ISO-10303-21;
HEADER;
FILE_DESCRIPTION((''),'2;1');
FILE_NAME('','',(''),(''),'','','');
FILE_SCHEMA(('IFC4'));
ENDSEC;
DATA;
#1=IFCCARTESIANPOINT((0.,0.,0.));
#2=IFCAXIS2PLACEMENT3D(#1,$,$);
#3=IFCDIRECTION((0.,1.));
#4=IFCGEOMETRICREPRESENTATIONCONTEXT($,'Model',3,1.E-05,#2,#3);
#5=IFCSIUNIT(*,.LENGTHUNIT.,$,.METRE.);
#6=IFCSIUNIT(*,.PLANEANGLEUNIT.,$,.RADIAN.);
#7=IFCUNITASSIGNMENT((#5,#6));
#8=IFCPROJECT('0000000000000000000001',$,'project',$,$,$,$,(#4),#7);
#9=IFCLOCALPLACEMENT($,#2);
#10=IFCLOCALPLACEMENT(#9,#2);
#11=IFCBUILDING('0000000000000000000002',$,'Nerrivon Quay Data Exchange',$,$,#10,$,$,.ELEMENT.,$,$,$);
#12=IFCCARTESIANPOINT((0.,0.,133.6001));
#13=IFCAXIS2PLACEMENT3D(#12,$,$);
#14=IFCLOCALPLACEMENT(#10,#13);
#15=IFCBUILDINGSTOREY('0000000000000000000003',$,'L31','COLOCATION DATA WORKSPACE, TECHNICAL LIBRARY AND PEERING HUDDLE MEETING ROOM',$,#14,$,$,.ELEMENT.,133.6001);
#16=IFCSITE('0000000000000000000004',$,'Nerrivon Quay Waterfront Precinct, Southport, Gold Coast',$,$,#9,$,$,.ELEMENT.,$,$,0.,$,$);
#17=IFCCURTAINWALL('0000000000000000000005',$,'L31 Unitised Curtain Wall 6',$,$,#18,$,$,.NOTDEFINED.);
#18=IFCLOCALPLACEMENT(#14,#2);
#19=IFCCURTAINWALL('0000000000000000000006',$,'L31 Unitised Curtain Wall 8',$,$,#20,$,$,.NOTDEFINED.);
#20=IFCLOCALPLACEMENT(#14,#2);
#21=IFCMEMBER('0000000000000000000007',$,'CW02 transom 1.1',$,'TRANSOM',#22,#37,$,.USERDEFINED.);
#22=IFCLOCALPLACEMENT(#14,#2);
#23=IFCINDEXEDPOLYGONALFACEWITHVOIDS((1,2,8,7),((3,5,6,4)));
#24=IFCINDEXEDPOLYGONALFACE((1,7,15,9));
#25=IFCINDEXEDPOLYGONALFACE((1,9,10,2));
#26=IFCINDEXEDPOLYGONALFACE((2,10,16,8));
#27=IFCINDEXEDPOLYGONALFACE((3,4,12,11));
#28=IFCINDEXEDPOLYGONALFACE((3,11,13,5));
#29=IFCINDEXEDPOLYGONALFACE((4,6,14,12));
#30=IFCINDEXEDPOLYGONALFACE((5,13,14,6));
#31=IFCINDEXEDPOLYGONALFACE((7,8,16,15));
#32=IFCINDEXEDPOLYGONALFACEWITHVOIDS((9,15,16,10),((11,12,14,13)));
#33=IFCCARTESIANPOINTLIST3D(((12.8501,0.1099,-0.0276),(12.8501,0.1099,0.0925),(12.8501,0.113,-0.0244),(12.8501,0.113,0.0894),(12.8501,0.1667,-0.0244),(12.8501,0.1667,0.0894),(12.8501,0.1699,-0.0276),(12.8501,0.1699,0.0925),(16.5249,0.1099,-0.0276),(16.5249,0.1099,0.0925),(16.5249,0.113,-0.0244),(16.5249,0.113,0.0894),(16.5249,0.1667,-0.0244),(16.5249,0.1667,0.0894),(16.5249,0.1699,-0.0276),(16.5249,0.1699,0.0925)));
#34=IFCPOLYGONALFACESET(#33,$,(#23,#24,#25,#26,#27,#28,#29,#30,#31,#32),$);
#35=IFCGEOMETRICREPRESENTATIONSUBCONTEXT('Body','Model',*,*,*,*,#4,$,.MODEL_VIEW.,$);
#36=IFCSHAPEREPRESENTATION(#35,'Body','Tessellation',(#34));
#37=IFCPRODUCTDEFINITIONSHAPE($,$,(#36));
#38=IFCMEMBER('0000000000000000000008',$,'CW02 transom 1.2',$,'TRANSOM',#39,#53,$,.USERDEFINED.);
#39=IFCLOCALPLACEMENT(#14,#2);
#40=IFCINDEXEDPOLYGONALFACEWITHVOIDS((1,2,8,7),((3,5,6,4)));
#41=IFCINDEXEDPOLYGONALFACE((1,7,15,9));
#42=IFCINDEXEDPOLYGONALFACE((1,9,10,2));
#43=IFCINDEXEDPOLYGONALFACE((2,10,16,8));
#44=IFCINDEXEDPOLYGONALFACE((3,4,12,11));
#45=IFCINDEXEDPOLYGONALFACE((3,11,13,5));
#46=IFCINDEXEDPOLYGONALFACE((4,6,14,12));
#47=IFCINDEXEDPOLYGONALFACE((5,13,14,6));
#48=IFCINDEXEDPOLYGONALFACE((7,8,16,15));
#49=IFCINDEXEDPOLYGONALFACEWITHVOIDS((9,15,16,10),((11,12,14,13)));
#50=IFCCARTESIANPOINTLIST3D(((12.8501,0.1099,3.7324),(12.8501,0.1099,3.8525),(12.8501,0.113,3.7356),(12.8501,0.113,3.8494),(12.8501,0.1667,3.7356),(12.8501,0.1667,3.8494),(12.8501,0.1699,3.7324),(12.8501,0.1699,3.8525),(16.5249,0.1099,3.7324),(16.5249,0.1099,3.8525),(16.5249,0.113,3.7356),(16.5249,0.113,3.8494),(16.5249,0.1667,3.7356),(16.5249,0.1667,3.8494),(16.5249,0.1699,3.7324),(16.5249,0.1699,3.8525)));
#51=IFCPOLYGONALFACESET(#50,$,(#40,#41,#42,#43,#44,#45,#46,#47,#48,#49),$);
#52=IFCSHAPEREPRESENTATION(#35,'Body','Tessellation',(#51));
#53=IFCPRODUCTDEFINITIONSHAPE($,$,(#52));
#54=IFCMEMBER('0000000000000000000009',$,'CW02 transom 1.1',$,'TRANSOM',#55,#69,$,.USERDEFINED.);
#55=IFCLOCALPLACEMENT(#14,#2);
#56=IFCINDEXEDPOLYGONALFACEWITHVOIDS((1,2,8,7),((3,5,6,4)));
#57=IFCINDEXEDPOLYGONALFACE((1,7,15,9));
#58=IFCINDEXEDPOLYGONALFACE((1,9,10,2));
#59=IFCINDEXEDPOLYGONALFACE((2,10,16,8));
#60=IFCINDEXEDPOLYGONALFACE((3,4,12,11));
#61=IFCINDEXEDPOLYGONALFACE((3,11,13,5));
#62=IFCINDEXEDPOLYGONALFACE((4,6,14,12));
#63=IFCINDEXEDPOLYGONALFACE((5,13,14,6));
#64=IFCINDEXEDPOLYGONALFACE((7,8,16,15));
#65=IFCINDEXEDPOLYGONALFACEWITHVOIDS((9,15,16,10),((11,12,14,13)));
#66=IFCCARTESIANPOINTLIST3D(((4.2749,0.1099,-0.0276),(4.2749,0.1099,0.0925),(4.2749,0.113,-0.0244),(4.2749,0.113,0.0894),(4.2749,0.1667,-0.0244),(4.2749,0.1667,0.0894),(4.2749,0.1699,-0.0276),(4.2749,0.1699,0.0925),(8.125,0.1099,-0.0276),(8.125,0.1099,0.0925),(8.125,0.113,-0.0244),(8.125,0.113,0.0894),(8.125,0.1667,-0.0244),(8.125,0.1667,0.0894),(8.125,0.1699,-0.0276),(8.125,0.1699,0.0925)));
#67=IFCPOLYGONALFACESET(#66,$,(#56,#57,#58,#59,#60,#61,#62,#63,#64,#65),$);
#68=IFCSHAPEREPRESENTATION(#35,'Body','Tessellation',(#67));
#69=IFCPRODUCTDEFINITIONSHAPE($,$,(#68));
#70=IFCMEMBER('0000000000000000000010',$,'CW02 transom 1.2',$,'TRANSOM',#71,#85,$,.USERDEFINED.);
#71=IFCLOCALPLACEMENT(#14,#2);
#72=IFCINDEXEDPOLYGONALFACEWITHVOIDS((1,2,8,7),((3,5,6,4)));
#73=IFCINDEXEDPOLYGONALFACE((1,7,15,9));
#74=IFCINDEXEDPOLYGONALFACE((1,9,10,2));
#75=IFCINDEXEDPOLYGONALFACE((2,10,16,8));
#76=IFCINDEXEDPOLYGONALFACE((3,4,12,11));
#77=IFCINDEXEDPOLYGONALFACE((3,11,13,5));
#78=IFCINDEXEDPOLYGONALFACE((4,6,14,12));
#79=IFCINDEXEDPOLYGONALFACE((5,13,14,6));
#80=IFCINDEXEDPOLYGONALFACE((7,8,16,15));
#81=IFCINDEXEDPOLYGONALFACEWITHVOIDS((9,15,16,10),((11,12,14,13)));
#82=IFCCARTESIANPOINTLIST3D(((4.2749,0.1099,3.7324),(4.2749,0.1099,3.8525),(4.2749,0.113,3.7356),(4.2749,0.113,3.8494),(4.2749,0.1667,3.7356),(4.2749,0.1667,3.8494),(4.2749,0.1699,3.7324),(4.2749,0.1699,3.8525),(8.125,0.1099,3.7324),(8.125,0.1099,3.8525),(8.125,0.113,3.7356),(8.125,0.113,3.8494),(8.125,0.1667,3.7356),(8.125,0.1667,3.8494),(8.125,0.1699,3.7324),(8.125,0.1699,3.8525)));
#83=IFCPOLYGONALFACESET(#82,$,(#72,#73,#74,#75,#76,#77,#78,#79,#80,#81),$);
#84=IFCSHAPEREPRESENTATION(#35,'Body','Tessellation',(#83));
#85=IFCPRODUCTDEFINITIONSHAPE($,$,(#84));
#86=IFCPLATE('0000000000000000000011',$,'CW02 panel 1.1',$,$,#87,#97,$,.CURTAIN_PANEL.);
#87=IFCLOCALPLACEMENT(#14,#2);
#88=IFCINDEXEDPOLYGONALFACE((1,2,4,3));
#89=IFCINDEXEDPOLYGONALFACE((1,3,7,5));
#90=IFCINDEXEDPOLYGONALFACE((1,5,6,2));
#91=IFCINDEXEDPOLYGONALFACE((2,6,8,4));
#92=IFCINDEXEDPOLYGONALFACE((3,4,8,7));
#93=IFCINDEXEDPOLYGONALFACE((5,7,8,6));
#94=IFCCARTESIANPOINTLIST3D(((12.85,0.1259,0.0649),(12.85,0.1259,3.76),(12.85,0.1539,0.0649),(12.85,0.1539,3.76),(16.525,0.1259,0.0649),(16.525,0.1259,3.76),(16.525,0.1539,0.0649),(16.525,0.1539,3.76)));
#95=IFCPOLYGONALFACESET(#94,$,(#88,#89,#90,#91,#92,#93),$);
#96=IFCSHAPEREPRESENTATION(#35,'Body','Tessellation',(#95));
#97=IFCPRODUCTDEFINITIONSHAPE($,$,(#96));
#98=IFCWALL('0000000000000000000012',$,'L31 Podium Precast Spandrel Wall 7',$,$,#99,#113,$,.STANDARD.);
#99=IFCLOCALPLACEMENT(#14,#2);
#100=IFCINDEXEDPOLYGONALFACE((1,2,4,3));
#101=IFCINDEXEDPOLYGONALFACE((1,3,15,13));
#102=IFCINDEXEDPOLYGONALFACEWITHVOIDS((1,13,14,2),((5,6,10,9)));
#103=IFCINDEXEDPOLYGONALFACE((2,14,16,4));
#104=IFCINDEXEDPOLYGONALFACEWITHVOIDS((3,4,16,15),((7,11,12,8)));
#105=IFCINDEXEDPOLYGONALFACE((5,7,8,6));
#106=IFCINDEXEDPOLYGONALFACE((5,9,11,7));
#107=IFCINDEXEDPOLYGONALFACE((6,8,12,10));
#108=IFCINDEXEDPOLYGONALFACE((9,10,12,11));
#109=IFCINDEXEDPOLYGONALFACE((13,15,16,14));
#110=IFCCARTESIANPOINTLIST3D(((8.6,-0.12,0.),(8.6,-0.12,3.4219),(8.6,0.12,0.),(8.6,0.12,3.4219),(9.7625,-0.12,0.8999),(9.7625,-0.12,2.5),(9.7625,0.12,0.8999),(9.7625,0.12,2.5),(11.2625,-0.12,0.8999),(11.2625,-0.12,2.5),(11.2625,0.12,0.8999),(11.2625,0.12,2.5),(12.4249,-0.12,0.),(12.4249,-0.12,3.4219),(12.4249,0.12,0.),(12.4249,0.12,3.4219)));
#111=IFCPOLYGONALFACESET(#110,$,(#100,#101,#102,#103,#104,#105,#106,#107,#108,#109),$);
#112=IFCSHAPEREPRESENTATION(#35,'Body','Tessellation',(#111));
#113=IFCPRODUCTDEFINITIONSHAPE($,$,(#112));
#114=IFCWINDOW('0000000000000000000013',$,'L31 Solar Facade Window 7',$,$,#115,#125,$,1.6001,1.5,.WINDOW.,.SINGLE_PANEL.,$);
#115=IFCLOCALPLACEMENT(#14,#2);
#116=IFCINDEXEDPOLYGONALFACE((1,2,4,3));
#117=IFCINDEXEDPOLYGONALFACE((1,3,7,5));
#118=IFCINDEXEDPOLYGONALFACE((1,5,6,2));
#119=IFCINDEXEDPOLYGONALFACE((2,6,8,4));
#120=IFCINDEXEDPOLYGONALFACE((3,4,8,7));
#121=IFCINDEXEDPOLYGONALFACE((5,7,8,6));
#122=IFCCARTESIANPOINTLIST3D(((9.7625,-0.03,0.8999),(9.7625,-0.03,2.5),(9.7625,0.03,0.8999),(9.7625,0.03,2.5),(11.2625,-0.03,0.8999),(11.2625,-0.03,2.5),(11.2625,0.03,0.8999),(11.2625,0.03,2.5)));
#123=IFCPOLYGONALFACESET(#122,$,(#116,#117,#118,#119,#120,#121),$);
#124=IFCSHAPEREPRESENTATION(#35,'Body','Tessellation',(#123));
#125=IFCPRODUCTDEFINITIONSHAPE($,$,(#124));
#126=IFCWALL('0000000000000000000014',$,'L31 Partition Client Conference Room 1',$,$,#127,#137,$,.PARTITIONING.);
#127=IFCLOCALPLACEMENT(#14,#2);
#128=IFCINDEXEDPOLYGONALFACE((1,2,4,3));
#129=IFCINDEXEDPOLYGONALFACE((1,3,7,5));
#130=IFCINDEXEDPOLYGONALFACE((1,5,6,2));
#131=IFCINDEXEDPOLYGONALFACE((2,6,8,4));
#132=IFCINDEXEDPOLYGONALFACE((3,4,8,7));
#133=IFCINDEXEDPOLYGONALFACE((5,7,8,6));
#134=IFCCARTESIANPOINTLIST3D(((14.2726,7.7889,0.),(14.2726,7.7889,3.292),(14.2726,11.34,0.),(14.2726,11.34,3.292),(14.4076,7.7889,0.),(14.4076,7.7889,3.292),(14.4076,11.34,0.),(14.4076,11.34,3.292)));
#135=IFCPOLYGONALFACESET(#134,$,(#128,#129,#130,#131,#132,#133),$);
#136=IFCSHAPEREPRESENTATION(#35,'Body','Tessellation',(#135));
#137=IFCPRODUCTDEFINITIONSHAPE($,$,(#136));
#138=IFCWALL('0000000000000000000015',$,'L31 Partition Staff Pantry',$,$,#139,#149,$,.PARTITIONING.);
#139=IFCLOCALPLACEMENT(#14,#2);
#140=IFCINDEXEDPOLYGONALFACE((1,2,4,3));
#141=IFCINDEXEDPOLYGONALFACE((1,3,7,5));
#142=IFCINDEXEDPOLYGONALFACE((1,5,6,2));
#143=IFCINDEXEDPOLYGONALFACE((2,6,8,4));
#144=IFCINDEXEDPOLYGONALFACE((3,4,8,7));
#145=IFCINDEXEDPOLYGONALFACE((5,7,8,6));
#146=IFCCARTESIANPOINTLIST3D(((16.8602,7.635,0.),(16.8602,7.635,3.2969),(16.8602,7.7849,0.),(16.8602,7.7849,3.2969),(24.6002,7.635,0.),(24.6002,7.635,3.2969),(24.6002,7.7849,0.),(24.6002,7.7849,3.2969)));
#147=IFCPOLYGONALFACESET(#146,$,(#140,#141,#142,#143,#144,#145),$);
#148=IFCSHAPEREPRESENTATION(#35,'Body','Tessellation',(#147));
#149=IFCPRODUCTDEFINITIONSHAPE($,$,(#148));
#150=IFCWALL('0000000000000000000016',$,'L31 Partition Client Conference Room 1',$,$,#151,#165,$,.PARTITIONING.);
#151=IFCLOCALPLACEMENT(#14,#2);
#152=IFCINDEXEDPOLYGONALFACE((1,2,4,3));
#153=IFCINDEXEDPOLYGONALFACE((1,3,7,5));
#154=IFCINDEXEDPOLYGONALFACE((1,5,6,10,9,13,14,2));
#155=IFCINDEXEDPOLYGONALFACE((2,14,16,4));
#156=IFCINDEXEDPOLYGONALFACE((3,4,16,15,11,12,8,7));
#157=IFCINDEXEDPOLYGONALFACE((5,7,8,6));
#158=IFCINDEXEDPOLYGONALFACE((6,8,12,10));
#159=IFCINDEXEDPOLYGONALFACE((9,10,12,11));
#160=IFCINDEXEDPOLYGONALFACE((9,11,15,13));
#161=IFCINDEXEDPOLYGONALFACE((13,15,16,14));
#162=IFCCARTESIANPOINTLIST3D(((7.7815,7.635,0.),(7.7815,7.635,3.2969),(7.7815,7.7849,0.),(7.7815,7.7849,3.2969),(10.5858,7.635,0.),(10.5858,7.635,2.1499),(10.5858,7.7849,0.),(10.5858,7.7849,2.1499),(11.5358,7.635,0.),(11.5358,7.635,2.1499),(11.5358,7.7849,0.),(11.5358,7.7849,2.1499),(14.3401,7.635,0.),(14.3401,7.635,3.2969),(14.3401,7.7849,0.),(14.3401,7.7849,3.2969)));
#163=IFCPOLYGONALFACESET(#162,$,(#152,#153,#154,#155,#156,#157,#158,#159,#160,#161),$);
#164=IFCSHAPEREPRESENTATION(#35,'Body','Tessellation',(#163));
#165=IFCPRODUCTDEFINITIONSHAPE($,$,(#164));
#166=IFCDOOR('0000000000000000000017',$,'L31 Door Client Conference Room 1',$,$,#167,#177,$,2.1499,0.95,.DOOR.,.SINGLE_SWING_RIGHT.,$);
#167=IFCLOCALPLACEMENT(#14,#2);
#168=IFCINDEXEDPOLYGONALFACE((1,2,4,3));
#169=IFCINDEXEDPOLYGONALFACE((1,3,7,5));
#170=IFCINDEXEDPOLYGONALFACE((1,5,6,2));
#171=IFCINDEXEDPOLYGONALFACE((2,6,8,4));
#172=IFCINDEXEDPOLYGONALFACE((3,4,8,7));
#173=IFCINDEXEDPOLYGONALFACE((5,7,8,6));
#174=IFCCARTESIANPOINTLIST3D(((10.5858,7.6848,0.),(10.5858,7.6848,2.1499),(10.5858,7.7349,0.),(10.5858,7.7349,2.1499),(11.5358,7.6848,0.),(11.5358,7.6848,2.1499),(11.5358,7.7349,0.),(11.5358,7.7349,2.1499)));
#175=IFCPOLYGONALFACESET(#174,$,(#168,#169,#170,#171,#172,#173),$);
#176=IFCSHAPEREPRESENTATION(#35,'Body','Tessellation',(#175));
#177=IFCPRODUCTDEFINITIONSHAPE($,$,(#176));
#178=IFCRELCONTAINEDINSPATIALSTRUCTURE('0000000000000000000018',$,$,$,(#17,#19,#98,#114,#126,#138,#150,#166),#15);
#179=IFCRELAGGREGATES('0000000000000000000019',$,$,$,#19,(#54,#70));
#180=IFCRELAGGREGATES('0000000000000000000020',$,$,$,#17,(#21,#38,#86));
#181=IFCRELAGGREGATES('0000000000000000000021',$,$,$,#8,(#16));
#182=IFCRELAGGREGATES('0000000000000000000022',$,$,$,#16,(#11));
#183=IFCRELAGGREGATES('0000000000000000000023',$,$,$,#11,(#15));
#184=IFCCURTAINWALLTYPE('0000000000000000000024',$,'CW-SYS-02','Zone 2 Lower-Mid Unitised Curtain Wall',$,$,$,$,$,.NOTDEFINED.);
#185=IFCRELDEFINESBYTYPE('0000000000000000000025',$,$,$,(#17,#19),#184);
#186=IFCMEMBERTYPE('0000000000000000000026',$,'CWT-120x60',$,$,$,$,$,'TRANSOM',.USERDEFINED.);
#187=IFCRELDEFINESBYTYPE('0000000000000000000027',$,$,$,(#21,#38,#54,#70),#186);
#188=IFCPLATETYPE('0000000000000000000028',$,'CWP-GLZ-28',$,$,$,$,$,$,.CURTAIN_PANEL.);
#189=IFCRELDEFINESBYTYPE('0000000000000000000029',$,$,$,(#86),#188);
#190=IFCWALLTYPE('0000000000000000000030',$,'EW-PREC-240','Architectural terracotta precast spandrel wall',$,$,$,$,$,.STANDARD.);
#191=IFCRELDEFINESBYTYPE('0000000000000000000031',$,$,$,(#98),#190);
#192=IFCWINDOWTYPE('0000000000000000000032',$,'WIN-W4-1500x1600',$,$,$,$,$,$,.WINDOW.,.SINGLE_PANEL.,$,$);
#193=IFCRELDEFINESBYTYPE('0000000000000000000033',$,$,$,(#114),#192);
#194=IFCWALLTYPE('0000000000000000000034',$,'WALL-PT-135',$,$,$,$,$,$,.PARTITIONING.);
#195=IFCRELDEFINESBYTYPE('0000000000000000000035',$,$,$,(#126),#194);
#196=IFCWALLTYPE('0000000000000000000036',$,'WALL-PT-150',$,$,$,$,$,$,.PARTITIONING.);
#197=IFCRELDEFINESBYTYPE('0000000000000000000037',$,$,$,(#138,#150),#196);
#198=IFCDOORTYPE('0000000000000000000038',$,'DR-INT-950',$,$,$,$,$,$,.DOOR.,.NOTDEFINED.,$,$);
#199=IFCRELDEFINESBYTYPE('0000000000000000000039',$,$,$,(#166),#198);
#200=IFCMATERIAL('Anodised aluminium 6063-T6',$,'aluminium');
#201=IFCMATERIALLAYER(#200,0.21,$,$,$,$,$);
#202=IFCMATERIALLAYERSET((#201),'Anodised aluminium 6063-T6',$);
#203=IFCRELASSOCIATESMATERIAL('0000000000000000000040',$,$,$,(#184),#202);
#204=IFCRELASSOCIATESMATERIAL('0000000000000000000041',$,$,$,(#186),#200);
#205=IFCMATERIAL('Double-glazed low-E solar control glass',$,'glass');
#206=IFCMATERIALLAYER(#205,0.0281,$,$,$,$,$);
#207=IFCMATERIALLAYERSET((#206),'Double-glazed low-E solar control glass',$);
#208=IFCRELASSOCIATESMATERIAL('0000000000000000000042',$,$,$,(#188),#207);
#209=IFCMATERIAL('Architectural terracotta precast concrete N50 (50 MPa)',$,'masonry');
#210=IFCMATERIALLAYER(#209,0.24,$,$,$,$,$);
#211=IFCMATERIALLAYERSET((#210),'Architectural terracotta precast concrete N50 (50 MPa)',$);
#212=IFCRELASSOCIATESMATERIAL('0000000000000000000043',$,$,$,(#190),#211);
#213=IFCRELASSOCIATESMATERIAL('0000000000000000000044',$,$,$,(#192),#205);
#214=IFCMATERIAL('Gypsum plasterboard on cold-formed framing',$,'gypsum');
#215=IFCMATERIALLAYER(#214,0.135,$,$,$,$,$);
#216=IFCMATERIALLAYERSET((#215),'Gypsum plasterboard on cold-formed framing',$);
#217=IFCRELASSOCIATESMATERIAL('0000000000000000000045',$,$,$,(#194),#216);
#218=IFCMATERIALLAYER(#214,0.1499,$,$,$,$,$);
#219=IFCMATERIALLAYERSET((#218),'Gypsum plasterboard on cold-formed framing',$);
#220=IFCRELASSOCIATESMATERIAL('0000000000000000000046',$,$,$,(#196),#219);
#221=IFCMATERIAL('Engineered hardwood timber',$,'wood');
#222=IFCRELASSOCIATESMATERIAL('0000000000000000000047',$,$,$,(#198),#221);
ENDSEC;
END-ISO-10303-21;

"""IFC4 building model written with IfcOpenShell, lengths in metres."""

from ifc_helpers import new_model, si_unit, direction, frame, frame_2d, origin, origin_2d, place, context, subcontext, project, spatial, rectangle, hollow_rectangle, extrude, material, layer, layer_set, material_profile, profile_set, type_object, element, fill, aggregate, save


model = new_model("IFC4")

# Units and contexts
model_context = context("Model", 3, precision=1e-05, world=origin(), true_north=direction((0.0, 1.0)))
body_context = subcontext(model_context, "Body", "Model", "MODEL_VIEW")
ifc_project = project(units=[si_unit("LENGTHUNIT", "METRE"), si_unit("PLANEANGLEUNIT", "RADIAN")], contexts=[model_context])

# Site, building, storey
site_placement = place(None, origin())
site = spatial("IfcSite", under=ifc_project, at=site_placement, Name="Nerrivon Quay Waterfront Precinct, Southport, Gold Coast", CompositionType="ELEMENT", RefElevation=0.0)
building_placement = place(site_placement, origin())
building = spatial("IfcBuilding", under=site, at=building_placement, Name="Nerrivon Quay Data Exchange", CompositionType="ELEMENT")
storey_placement = place(building_placement, frame((0.0, 0.0, 133.6001)))
storey = spatial("IfcBuildingStorey", under=building, at=storey_placement, Name="L31", Description="COLOCATION DATA WORKSPACE, TECHNICAL LIBRARY AND PEERING HUDDLE MEETING ROOM", CompositionType="ELEMENT", Elevation=133.6001)

# Curtain wall
ifc_material_1 = material(Name="Anodised aluminium 6063-T6", Category="aluminium")
ifc_layer_1 = layer(ifc_material_1, 0.21)
ifc_layer_set_1 = layer_set([ifc_layer_1], Name="Anodised aluminium 6063-T6")
curtain_wall_type = type_object("IfcCurtainWallType", Name="CW-SYS-02", Description="Zone 2 Lower-Mid Unitised Curtain Wall", PredefinedType="NOTDEFINED", material=ifc_layer_set_1)
curtain_wall_1_placement = place(storey_placement, origin())
curtain_wall_1 = element("IfcCurtainWall", 1, at=curtain_wall_1_placement, inside=storey, type_object=curtain_wall_type, Name="L31 Unitised Curtain Wall 6", PredefinedType="NOTDEFINED")

# Curtain wall
curtain_wall_2_placement = place(storey_placement, origin())
curtain_wall_2 = element("IfcCurtainWall", 2, at=curtain_wall_2_placement, inside=storey, type_object=curtain_wall_type, Name="L31 Unitised Curtain Wall 8", PredefinedType="NOTDEFINED")

# Members
ifc_material_profile_1 = material_profile(ifc_material_1, hollow_rectangle(XDim=0.0601, YDim=0.1201, WallThickness=0.0032, at=origin_2d()), Name="ALU-TRAN-120x60")
ifc_profile_set_1 = profile_set([ifc_material_profile_1], Name="Anodised aluminium 6063-T6")
member_type_1 = type_object("IfcMemberType", Name="CWT-120x60", ElementType="TRANSOM", PredefinedType="USERDEFINED", material=ifc_profile_set_1)
member_1_placement = place(storey_placement, frame((16.5249, 0.1399, 0.0325), z_axis=(-1.0, 0.0, 0.0), x_axis=(0.0, -1.0, 0.0)))
member_1 = element("IfcMember", 3, at=member_1_placement, type_object=member_type_1, Name="CW02 transom 1.1", ObjectType="TRANSOM", PredefinedType="USERDEFINED", context=body_context, shape_type="SweptSolid", body=[
    extrude(hollow_rectangle(XDim=0.0601, YDim=0.1201, WallThickness=0.0032, at=origin_2d()), origin(), (0.0, 0.0, 1.0), 3.6748),
])
member_2_placement = place(storey_placement, frame((16.5249, 0.1399, 3.7925), z_axis=(-1.0, 0.0, 0.0), x_axis=(0.0, -1.0, 0.0)))
member_2 = element("IfcMember", 4, at=member_2_placement, type_object=member_type_1, Name="CW02 transom 1.2", ObjectType="TRANSOM", PredefinedType="USERDEFINED", context=body_context, shape_type="SweptSolid", body=[
    extrude(hollow_rectangle(XDim=0.0601, YDim=0.1201, WallThickness=0.0032, at=origin_2d()), origin(), (0.0, 0.0, 1.0), 3.6748),
])
member_3_placement = place(storey_placement, frame((8.125, 0.1399, 0.0325), z_axis=(-1.0, 0.0, 0.0), x_axis=(0.0, -1.0, 0.0)))
member_3 = element("IfcMember", 5, at=member_3_placement, type_object=member_type_1, Name="CW02 transom 1.1", ObjectType="TRANSOM", PredefinedType="USERDEFINED", context=body_context, shape_type="SweptSolid", body=[
    extrude(hollow_rectangle(XDim=0.0601, YDim=0.1201, WallThickness=0.0032, at=origin_2d()), origin(), (0.0, 0.0, 1.0), 3.8501),
])
member_4_placement = place(storey_placement, frame((8.125, 0.1399, 3.7925), z_axis=(-1.0, 0.0, 0.0), x_axis=(0.0, -1.0, 0.0)))
member_4 = element("IfcMember", 6, at=member_4_placement, type_object=member_type_1, Name="CW02 transom 1.2", ObjectType="TRANSOM", PredefinedType="USERDEFINED", context=body_context, shape_type="SweptSolid", body=[
    extrude(hollow_rectangle(XDim=0.0601, YDim=0.1201, WallThickness=0.0032, at=origin_2d()), origin(), (0.0, 0.0, 1.0), 3.8501),
])
aggregate(curtain_wall_2, [member_3, member_4])

# Plate
ifc_material_2 = material(Name="Double-glazed low-E solar control glass", Category="glass")
ifc_layer_2 = layer(ifc_material_2, 0.0281)
ifc_layer_set_2 = layer_set([ifc_layer_2], Name="Double-glazed low-E solar control glass")
plate_type = type_object("IfcPlateType", Name="CWP-GLZ-28", PredefinedType="CURTAIN_PANEL", material=ifc_layer_set_2)
plate_placement = place(storey_placement, frame((14.6875, 0.1399, 0.0649), z_axis=(0.0, 0.0, 1.0), x_axis=(-1.0, 0.0, 0.0)))
plate = element("IfcPlate", 7, at=plate_placement, type_object=plate_type, Name="CW02 panel 1.1", PredefinedType="CURTAIN_PANEL", context=body_context, shape_type="SweptSolid", body=[
    extrude(rectangle(XDim=3.675, YDim=0.0281, at=origin_2d()), origin(), (0.0, 0.0, 1.0), 3.6951),
])
aggregate(curtain_wall_1, [member_1, member_2, plate])

# Wall, opening, window
ifc_material_3 = material(Name="Architectural terracotta precast concrete N50 (50 MPa)", Category="masonry")
ifc_layer_3 = layer(ifc_material_3, 0.24)
ifc_layer_set_3 = layer_set([ifc_layer_3], Name="Architectural terracotta precast concrete N50 (50 MPa)")
wall_type_1 = type_object("IfcWallType", Name="EW-PREC-240", Description="Architectural terracotta precast spandrel wall", PredefinedType="STANDARD", material=ifc_layer_set_3)
wall_1_placement = place(storey_placement, frame((12.425, 0.0, 0.0), z_axis=(0.0, 0.0, 1.0), x_axis=(-1.0, 0.0, 0.0)))
wall_1 = element("IfcWall", 8, at=wall_1_placement, inside=storey, type_object=wall_type_1, Name="L31 Podium Precast Spandrel Wall 7", PredefinedType="STANDARD", context=body_context, shape_type="SweptSolid", body=[
    extrude(rectangle(XDim=3.825, YDim=0.24, at=frame_2d((1.9126, 0.0))), origin(), (0.0, 0.0, 1.0), 3.4219),
])
opening_1_placement = place(wall_1_placement, frame((1.1626, 0.0, 0.8999)))
opening_1 = element("IfcOpeningElement", 9, at=opening_1_placement, cuts=wall_1, PredefinedType="OPENING", context=body_context, shape_type="SweptSolid", body=[
    extrude(rectangle(XDim=1.5, YDim=1.6001, at=frame_2d((0.75, 0.8))), frame((0.0, 0.1299, 0.0), z_axis=(0.0, -1.0, 0.0), x_axis=(1.0, 0.0, 0.0)), (0.0, 0.0, 1.0), 0.26),
])
window_type = type_object("IfcWindowType", Name="WIN-W4-1500x1600", PartitioningType="SINGLE_PANEL", PredefinedType="WINDOW", material=ifc_material_2)
window_placement = place(opening_1_placement, origin())
window = element("IfcWindow", 10, at=window_placement, inside=storey, type_object=window_type, Name="L31 Solar Facade Window 7", OverallHeight=1.6001, OverallWidth=1.5, PartitioningType="SINGLE_PANEL", PredefinedType="WINDOW", context=body_context, shape_type="SweptSolid", body=[
    extrude(rectangle(XDim=1.5, YDim=1.6001, at=frame_2d((0.75, 0.8))), frame((0.0, 0.03, 0.0), z_axis=(0.0, -1.0, 0.0), x_axis=(1.0, 0.0, 0.0)), (0.0, 0.0, 1.0), 0.0601),
])
fill(opening_1, window)

# Walls
ifc_material_4 = material(Name="Gypsum plasterboard on cold-formed framing", Category="gypsum")
ifc_layer_4 = layer(ifc_material_4, 0.135)
ifc_layer_set_4 = layer_set([ifc_layer_4], Name="Gypsum plasterboard on cold-formed framing")
wall_type_2 = type_object("IfcWallType", Name="WALL-PT-135", PredefinedType="PARTITIONING", material=ifc_layer_set_4)
wall_2_placement = place(storey_placement, frame((14.3401, 7.7891, 0.0), z_axis=(0.0, 0.0, 1.0), x_axis=(0.0, 1.0, 0.0)))
element("IfcWall", 11, at=wall_2_placement, inside=storey, type_object=wall_type_2, Name="L31 Partition Client Conference Room 1", PredefinedType="PARTITIONING", context=body_context, shape_type="SweptSolid", body=[
    extrude(rectangle(XDim=3.551, YDim=0.135, at=frame_2d((1.7754, 0.0))), origin(), (0.0, 0.0, 1.0), 3.292),
])
ifc_layer_5 = layer(ifc_material_4, 0.1499)
ifc_layer_set_5 = layer_set([ifc_layer_5], Name="Gypsum plasterboard on cold-formed framing")
wall_type_3 = type_object("IfcWallType", Name="WALL-PT-150", PredefinedType="PARTITIONING", material=ifc_layer_set_5)
wall_3_placement = place(storey_placement, frame((16.8601, 7.71, 0.0), z_axis=(0.0, 0.0, 1.0), x_axis=(1.0, 0.0, 0.0)))
element("IfcWall", 12, at=wall_3_placement, inside=storey, type_object=wall_type_3, Name="L31 Partition Staff Pantry", PredefinedType="PARTITIONING", context=body_context, shape_type="SweptSolid", body=[
    extrude(rectangle(XDim=7.74, YDim=0.1499, at=frame_2d((3.8701, 0.0))), origin(), (0.0, 0.0, 1.0), 3.2969),
])

# Wall, opening, door
wall_4_placement = place(storey_placement, frame((7.7815, 7.71, 0.0), z_axis=(0.0, 0.0, 1.0), x_axis=(1.0, 0.0, 0.0)))
wall_4 = element("IfcWall", 13, at=wall_4_placement, inside=storey, type_object=wall_type_3, Name="L31 Partition Client Conference Room 1", PredefinedType="PARTITIONING", context=body_context, shape_type="SweptSolid", body=[
    extrude(rectangle(XDim=6.5586, YDim=0.1499, at=frame_2d((3.2793, 0.0))), origin(), (0.0, 0.0, 1.0), 3.2969),
])
opening_2_placement = place(wall_4_placement, frame((2.8042, 0.0, 0.0)))
opening_2 = element("IfcOpeningElement", 14, at=opening_2_placement, cuts=wall_4, PredefinedType="OPENING", context=body_context, shape_type="SweptSolid", body=[
    extrude(rectangle(XDim=0.95, YDim=2.1499, at=frame_2d((0.4751, 1.075))), frame((0.0, 0.085, 0.0), z_axis=(0.0, -1.0, 0.0), x_axis=(1.0, 0.0, 0.0)), (0.0, 0.0, 1.0), 0.1699),
])
ifc_material_5 = material(Name="Engineered hardwood timber", Category="wood")
door_type = type_object("IfcDoorType", Name="DR-INT-950", OperationType="NOTDEFINED", PredefinedType="DOOR", material=ifc_material_5)
door_placement = place(opening_2_placement, origin())
door = element("IfcDoor", 15, at=door_placement, inside=storey, type_object=door_type, Name="L31 Door Client Conference Room 1", OperationType="SINGLE_SWING_RIGHT", OverallHeight=2.1499, OverallWidth=0.95, PredefinedType="DOOR", context=body_context, shape_type="SweptSolid", body=[
    extrude(rectangle(XDim=0.95, YDim=2.1499, at=frame_2d((0.4751, 1.075))), frame((0.0, 0.0249, 0.0), z_axis=(0.0, -1.0, 0.0), x_axis=(1.0, 0.0, 0.0)), (0.0, 0.0, 1.0), 0.05),
])
fill(opening_2, door)

save(model, "model.ifc")
